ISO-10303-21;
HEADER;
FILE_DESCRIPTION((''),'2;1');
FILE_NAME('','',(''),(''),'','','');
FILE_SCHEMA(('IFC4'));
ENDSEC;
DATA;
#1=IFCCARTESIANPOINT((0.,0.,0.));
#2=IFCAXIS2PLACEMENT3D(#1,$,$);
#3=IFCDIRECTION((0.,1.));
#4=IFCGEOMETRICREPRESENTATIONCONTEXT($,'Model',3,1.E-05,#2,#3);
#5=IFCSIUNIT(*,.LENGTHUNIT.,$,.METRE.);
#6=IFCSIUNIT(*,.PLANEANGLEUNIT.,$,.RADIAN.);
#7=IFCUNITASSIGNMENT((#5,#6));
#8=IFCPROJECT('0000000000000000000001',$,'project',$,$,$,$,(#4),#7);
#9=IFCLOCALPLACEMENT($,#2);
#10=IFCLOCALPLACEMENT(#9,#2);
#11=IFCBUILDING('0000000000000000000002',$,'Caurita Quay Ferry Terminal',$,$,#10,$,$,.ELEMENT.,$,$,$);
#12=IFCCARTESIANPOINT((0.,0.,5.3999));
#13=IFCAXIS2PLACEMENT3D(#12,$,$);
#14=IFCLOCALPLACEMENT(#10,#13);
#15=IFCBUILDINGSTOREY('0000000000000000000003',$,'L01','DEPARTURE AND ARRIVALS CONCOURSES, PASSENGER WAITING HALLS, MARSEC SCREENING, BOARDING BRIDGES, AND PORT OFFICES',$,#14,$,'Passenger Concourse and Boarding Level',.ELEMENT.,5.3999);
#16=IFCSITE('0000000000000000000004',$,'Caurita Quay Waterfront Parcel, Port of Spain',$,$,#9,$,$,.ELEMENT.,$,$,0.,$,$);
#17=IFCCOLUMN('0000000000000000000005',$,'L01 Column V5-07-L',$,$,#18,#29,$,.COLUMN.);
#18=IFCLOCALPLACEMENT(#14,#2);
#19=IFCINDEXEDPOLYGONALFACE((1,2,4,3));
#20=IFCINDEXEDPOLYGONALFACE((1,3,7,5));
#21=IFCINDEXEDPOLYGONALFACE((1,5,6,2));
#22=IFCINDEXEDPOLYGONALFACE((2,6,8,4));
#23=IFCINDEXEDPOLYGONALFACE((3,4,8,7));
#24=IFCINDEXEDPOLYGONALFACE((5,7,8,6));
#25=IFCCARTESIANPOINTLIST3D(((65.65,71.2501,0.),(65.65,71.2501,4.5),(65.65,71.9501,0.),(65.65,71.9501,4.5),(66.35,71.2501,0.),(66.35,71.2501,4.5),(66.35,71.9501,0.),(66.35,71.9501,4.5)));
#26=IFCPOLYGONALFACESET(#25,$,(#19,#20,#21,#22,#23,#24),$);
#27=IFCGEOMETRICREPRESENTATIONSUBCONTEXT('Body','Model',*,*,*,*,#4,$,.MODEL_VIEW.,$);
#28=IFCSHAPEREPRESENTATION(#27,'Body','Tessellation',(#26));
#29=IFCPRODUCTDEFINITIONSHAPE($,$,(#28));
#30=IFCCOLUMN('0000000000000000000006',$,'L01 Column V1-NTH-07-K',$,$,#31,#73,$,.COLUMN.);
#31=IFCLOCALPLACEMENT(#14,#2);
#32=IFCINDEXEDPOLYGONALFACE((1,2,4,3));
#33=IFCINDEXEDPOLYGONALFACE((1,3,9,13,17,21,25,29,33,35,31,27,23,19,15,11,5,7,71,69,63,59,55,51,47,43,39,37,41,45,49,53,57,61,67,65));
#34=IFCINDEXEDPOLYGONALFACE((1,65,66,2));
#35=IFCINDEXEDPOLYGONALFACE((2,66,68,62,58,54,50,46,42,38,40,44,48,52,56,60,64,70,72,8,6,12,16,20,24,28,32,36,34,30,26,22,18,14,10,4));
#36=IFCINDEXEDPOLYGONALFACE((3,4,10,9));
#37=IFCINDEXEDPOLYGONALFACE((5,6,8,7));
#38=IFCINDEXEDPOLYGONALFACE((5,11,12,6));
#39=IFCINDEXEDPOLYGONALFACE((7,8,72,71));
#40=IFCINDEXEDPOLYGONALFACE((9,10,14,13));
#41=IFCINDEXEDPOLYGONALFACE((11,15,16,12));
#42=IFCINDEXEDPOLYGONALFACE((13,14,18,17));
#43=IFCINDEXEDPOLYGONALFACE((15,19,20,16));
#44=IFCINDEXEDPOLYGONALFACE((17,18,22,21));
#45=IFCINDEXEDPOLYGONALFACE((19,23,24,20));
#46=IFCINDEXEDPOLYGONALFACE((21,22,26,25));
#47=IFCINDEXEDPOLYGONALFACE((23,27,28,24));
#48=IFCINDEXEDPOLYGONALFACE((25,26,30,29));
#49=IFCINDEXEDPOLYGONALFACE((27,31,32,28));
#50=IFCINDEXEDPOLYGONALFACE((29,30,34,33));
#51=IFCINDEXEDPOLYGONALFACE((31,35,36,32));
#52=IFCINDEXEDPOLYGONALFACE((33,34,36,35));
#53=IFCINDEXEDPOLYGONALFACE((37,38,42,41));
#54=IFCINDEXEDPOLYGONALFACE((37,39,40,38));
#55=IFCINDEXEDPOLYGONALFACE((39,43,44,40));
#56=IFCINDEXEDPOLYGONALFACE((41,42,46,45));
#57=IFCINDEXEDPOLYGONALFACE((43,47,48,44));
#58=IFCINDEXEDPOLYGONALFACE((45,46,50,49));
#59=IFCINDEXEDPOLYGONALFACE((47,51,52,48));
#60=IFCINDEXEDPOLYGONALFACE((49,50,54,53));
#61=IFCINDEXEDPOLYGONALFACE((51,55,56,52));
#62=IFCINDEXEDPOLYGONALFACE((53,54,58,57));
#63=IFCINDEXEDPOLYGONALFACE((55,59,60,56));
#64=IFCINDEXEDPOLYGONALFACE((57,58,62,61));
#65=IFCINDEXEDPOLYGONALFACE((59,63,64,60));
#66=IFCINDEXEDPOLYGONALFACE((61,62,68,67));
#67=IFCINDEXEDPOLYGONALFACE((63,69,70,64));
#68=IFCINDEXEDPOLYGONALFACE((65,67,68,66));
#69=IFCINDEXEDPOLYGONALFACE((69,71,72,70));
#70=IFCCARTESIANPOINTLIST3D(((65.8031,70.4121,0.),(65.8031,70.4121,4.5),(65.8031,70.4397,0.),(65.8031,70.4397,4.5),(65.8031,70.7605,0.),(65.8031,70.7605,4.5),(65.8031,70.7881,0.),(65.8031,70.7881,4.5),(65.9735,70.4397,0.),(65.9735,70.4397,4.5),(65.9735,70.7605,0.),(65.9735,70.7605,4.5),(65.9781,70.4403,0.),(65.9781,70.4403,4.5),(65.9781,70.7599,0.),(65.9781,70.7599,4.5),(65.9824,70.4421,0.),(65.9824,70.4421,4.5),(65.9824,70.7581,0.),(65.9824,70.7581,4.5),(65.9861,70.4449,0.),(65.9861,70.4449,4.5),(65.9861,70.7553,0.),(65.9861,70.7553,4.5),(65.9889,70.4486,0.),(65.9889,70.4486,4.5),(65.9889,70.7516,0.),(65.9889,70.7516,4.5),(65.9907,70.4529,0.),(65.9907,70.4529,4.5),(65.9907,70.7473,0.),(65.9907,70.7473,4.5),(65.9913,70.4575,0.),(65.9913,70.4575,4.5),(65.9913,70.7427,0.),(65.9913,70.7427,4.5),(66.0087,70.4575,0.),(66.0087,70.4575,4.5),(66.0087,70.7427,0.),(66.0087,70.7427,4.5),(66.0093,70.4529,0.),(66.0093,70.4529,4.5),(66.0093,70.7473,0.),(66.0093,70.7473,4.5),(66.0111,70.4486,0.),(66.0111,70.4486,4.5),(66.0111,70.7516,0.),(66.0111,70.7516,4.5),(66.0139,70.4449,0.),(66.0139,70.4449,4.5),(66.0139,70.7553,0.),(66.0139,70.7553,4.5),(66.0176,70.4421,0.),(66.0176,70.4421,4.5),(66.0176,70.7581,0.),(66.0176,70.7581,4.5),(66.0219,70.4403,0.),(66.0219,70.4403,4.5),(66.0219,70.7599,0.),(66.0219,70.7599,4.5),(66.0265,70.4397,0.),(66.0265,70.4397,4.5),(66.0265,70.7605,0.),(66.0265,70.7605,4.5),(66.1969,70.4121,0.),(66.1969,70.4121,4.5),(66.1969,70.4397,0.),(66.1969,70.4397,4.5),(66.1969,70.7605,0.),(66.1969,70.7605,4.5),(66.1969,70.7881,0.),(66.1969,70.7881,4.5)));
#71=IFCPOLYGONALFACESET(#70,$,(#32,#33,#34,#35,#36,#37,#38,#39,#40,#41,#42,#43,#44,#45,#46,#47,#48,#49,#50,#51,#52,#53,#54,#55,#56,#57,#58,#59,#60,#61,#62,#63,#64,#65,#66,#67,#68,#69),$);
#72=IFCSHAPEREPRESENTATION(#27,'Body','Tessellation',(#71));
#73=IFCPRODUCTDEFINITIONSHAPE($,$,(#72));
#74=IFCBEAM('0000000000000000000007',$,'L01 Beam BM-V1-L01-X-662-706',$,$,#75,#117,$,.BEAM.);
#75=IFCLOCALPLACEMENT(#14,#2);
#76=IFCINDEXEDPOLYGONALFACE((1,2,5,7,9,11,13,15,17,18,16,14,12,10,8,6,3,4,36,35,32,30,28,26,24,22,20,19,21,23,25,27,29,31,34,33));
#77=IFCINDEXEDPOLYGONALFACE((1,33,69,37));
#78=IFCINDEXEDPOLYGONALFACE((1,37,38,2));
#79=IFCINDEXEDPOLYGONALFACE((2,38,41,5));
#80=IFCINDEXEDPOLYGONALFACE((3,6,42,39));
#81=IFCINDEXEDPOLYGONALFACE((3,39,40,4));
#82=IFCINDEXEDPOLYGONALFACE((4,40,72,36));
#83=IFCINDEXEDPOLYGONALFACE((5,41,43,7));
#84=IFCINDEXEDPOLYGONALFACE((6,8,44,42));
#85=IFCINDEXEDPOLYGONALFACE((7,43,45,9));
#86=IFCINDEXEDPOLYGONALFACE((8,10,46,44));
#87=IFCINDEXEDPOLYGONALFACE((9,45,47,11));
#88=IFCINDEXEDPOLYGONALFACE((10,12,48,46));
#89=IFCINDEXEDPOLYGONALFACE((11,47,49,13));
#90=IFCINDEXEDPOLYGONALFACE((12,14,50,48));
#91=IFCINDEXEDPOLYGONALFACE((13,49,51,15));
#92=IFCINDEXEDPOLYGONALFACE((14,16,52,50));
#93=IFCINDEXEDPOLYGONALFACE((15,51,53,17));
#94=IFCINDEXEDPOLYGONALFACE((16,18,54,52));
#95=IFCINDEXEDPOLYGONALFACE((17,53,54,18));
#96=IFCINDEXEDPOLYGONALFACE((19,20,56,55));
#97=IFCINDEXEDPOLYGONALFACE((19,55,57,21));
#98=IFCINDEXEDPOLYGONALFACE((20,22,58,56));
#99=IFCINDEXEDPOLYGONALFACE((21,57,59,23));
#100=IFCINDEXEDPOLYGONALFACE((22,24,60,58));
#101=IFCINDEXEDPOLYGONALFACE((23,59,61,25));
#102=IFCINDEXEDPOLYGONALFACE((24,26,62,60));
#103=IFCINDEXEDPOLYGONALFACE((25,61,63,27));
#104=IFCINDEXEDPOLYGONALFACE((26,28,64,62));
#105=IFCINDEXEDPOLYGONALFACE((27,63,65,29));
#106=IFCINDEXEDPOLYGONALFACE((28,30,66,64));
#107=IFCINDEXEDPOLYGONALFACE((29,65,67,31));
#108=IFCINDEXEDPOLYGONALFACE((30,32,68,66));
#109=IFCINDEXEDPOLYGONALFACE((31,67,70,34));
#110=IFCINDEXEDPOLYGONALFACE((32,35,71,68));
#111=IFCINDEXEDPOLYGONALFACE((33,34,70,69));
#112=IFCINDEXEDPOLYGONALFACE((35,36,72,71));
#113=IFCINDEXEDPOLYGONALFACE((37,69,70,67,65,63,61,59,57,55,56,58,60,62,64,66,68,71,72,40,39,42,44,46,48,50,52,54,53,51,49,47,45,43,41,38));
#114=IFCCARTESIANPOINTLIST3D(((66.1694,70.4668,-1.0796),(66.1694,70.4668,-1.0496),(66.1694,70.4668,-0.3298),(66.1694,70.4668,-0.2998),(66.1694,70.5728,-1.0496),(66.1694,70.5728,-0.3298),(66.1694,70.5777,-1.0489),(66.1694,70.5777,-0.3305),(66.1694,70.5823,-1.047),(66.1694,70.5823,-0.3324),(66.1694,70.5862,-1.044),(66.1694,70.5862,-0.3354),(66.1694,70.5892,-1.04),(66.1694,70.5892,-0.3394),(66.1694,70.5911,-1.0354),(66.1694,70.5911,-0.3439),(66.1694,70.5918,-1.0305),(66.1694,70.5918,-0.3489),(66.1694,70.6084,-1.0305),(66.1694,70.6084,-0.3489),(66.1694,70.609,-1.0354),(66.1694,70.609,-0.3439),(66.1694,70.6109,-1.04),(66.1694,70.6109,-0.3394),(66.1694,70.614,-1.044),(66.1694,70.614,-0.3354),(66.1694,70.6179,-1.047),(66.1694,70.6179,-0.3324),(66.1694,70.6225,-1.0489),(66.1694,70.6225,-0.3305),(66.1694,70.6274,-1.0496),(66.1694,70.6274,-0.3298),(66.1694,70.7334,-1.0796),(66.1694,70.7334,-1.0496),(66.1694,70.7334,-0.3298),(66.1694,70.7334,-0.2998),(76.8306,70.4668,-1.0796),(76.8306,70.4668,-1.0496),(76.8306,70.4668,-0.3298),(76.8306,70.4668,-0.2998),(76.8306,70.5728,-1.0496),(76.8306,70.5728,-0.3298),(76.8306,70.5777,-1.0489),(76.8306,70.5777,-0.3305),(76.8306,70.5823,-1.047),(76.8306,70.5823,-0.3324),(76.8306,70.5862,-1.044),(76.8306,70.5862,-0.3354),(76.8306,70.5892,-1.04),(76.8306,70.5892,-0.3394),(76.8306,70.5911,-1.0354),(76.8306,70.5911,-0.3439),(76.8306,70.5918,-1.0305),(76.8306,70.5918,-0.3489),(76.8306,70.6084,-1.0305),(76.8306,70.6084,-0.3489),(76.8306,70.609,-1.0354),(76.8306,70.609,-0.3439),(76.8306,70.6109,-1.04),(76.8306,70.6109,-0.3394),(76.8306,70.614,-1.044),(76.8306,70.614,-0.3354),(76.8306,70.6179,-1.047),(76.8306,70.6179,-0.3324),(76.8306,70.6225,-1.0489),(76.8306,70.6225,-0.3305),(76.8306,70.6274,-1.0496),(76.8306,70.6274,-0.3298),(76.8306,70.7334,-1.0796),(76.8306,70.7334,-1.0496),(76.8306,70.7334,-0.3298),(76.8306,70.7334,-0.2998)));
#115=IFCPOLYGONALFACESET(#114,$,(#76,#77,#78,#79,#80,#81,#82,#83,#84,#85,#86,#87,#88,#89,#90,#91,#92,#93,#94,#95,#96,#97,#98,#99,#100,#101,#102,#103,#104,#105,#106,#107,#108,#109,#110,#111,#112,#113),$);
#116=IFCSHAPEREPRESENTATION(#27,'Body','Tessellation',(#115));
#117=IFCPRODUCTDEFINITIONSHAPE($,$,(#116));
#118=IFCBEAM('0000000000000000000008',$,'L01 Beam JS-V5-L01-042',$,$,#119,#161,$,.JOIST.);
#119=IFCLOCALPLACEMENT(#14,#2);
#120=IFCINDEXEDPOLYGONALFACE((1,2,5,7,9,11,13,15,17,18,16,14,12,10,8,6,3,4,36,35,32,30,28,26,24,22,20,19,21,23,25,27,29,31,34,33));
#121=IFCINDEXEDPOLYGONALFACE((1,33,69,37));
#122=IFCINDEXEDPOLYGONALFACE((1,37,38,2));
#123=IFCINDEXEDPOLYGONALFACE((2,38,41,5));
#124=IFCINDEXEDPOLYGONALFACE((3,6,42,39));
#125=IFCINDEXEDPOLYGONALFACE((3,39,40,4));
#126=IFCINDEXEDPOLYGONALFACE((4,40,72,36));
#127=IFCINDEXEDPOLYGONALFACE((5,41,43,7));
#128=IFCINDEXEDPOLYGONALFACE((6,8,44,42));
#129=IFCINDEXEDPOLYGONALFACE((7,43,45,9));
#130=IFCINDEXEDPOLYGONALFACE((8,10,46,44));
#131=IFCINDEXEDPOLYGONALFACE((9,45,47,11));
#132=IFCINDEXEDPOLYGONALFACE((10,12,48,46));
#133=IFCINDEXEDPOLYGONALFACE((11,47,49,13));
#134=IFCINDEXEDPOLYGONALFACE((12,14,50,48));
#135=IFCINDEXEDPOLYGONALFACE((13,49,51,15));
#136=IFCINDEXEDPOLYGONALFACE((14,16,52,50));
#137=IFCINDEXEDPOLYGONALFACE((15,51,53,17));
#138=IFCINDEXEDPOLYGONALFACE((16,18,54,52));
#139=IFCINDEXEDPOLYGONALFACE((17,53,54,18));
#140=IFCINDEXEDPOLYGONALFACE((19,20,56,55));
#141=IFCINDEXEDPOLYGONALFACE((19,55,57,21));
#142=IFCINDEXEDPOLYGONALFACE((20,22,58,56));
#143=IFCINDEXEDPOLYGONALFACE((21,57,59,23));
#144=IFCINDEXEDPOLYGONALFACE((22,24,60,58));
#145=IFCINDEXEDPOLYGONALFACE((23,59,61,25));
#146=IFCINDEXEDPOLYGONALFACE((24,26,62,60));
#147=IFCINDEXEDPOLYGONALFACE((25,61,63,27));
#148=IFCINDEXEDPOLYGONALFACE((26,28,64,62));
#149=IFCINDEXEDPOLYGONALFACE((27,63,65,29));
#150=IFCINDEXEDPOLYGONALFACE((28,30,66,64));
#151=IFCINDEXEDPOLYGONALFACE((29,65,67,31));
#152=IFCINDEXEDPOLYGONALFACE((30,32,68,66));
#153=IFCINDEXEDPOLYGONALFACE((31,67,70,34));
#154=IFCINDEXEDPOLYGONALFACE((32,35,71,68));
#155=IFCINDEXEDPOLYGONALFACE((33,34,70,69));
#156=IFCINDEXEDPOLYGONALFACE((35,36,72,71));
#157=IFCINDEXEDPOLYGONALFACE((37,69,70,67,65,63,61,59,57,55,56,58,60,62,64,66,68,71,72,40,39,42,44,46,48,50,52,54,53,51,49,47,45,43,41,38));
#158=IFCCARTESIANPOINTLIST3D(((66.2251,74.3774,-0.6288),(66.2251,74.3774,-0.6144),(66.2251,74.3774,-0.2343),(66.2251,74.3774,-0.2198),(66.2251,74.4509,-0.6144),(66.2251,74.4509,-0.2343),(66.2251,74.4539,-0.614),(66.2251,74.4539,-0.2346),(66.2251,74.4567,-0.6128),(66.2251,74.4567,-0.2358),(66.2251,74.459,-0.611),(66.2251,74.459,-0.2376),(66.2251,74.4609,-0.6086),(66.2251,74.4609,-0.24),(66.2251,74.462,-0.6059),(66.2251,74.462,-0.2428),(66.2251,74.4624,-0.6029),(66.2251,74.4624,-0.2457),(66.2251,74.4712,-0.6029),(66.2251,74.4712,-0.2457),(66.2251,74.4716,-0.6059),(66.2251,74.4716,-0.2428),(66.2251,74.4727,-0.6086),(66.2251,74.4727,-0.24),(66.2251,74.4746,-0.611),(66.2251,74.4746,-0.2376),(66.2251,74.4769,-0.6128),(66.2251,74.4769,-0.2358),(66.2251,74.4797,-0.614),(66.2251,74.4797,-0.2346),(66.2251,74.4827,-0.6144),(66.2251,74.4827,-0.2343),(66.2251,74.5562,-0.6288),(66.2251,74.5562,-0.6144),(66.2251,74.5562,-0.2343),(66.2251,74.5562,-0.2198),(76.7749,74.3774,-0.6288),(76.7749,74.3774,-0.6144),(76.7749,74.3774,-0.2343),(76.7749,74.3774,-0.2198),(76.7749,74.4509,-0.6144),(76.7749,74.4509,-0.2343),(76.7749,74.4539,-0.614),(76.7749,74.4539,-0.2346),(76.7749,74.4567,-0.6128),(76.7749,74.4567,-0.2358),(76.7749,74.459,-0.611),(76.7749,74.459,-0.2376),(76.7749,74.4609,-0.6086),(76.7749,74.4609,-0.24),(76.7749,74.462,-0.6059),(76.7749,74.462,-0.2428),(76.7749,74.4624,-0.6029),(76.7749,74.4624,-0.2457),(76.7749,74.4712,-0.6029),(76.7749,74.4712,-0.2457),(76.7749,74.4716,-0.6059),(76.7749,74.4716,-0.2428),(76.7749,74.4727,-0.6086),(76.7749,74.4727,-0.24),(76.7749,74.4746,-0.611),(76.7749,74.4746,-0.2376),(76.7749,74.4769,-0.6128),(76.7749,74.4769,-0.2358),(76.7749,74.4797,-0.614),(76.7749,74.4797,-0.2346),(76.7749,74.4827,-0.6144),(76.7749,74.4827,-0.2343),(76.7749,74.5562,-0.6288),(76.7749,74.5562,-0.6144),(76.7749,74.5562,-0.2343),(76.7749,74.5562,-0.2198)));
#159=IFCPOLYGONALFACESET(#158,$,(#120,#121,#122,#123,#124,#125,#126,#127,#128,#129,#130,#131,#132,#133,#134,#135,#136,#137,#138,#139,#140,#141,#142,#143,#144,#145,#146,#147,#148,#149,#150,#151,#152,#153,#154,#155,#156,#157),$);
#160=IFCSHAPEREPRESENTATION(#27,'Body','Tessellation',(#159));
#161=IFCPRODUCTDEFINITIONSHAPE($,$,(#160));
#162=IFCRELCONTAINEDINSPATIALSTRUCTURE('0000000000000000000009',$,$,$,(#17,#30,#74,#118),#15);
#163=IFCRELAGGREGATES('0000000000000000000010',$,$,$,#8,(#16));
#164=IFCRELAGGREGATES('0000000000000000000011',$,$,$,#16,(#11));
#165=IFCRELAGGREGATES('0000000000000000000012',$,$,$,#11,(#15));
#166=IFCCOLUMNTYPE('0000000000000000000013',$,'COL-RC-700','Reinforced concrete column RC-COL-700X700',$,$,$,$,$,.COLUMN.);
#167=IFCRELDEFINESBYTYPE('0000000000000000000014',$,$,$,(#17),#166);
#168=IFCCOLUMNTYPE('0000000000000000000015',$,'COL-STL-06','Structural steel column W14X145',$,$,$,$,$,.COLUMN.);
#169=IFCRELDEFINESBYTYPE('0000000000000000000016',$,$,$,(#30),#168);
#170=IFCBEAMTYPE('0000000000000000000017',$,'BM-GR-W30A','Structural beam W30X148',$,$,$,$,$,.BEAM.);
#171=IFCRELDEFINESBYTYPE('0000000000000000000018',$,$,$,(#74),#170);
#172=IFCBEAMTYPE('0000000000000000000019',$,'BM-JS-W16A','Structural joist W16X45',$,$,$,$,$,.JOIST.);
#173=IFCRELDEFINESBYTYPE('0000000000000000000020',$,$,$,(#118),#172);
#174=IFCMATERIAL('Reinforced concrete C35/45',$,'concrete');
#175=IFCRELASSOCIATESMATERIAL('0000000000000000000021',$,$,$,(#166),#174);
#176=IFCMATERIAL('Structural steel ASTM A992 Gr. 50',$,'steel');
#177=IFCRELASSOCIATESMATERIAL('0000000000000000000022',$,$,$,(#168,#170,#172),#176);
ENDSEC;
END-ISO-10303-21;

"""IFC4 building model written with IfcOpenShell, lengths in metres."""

from ifc_helpers import new_model, si_unit, direction, frame, origin, origin_2d, place, context, subcontext, project, spatial, rectangle, i_section, extrude, material, material_profile, profile_set, type_object, element, save


model = new_model("IFC4")

# Units and contexts
model_context = context("Model", 3, precision=1e-05, world=origin(), true_north=direction((0.0, 1.0)))
body_context = subcontext(model_context, "Body", "Model", "MODEL_VIEW")
ifc_project = project(units=[si_unit("LENGTHUNIT", "METRE"), si_unit("PLANEANGLEUNIT", "RADIAN")], contexts=[model_context])

# Site, building, storey
site_placement = place(None, origin())
site = spatial("IfcSite", under=ifc_project, at=site_placement, Name="Caurita Quay Waterfront Parcel, Port of Spain", CompositionType="ELEMENT", RefElevation=0.0)
building_placement = place(site_placement, origin())
building = spatial("IfcBuilding", under=site, at=building_placement, Name="Caurita Quay Ferry Terminal", CompositionType="ELEMENT")
storey_placement = place(building_placement, frame((0.0, 0.0, 5.3999)))
storey = spatial("IfcBuildingStorey", under=building, at=storey_placement, Name="L01", Description="DEPARTURE AND ARRIVALS CONCOURSES, PASSENGER WAITING HALLS, MARSEC SCREENING, BOARDING BRIDGES, AND PORT OFFICES", LongName="Passenger Concourse and Boarding Level", CompositionType="ELEMENT", Elevation=5.3999)

# Columns
ifc_material_1 = material(Name="Reinforced concrete C35/45", Category="concrete")
ifc_material_profile_1 = material_profile(ifc_material_1, rectangle(XDim=0.7, YDim=0.7, at=origin_2d()), Name="RC-COL-700X700")
ifc_profile_set_1 = profile_set([ifc_material_profile_1], Name="Reinforced concrete C35/45")
column_type_1 = type_object("IfcColumnType", Name="COL-RC-700", Description="Reinforced concrete column RC-COL-700X700", PredefinedType="COLUMN", material=ifc_profile_set_1)
column_1_placement = place(storey_placement, frame((66.0, 71.6001, 0.0), z_axis=(0.0, 0.0, 1.0), x_axis=(1.0, 0.0, 0.0)))
element("IfcColumn", 1, at=column_1_placement, inside=storey, type_object=column_type_1, Name="L01 Column V5-07-L", PredefinedType="COLUMN", context=body_context, shape_type="SweptSolid", body=[
    extrude(rectangle(XDim=0.7, YDim=0.7, at=origin_2d()), origin(), (0.0, 0.0, 1.0), 4.5),
])
ifc_material_2 = material(Name="Structural steel ASTM A992 Gr. 50", Category="steel")
ifc_material_profile_2 = material_profile(ifc_material_2, i_section(OverallWidth=0.3938, OverallDepth=0.376, WebThickness=0.0173, FlangeThickness=0.0276, FilletRadius=0.0178, at=origin_2d()), Name="W14X145")
ifc_profile_set_2 = profile_set([ifc_material_profile_2], Name="Structural steel ASTM A992 Gr. 50")
column_type_2 = type_object("IfcColumnType", Name="COL-STL-06", Description="Structural steel column W14X145", PredefinedType="COLUMN", material=ifc_profile_set_2)
column_2_placement = place(storey_placement, frame((66.0, 70.6001, 0.0), z_axis=(0.0, 0.0, 1.0), x_axis=(1.0, 0.0, 0.0)))
element("IfcColumn", 2, at=column_2_placement, inside=storey, type_object=column_type_2, Name="L01 Column V1-NTH-07-K", PredefinedType="COLUMN", context=body_context, shape_type="SweptSolid", body=[
    extrude(i_section(OverallWidth=0.3938, OverallDepth=0.376, WebThickness=0.0173, FlangeThickness=0.0276, FilletRadius=0.0178, at=origin_2d()), origin(), (0.0, 0.0, 1.0), 4.5),
])

# Beams
ifc_material_profile_3 = material_profile(ifc_material_2, i_section(OverallWidth=0.2666, OverallDepth=0.7798, WebThickness=0.0166, FlangeThickness=0.03, FilletRadius=0.019, at=origin_2d()), Name="W30X148")
ifc_profile_set_3 = profile_set([ifc_material_profile_3], Name="Structural steel ASTM A992 Gr. 50")
beam_type_1 = type_object("IfcBeamType", Name="BM-GR-W30A", Description="Structural beam W30X148", PredefinedType="BEAM", material=ifc_profile_set_3)
beam_1_placement = place(storey_placement, frame((66.1694, 70.6001, -0.6897), z_axis=(1.0, 0.0, 0.0), x_axis=(0.0, 1.0, 0.0)))
element("IfcBeam", 3, at=beam_1_placement, inside=storey, type_object=beam_type_1, Name="L01 Beam BM-V1-L01-X-662-706", PredefinedType="BEAM", context=body_context, shape_type="SweptSolid", body=[
    extrude(i_section(OverallWidth=0.2666, OverallDepth=0.7798, WebThickness=0.0166, FlangeThickness=0.03, FilletRadius=0.019, at=origin_2d()), origin(), (0.0, 0.0, 1.0), 10.6611),
])
ifc_material_profile_4 = material_profile(ifc_material_2, i_section(OverallWidth=0.1787, OverallDepth=0.4089, WebThickness=0.0088, FlangeThickness=0.0144, FilletRadius=0.0115, at=origin_2d()), Name="W16X45")
ifc_profile_set_4 = profile_set([ifc_material_profile_4], Name="Structural steel ASTM A992 Gr. 50")
beam_type_2 = type_object("IfcBeamType", Name="BM-JS-W16A", Description="Structural joist W16X45", PredefinedType="JOIST", material=ifc_profile_set_4)
for number, where, z_axis, x_axis, name in (
    (4, (66.2251, 74.4668, -0.4243), (1.0, 0.0, 0.0), (0.0, 1.0, 0.0), "L01 Beam JS-V5-L01-042"),
):
    element("IfcBeam", number, at=place(storey_placement, frame(where, z_axis=z_axis, x_axis=x_axis)), inside=storey, type_object=beam_type_2, Name=name, PredefinedType="JOIST", context=body_context, shape_type="SweptSolid", body=[
        extrude(i_section(OverallWidth=0.1787, OverallDepth=0.4089, WebThickness=0.0088, FlangeThickness=0.0144, FilletRadius=0.0115, at=origin_2d()), origin(), (0.0, 0.0, 1.0), 10.5498),
    ])

save(model, "model.ifc")
